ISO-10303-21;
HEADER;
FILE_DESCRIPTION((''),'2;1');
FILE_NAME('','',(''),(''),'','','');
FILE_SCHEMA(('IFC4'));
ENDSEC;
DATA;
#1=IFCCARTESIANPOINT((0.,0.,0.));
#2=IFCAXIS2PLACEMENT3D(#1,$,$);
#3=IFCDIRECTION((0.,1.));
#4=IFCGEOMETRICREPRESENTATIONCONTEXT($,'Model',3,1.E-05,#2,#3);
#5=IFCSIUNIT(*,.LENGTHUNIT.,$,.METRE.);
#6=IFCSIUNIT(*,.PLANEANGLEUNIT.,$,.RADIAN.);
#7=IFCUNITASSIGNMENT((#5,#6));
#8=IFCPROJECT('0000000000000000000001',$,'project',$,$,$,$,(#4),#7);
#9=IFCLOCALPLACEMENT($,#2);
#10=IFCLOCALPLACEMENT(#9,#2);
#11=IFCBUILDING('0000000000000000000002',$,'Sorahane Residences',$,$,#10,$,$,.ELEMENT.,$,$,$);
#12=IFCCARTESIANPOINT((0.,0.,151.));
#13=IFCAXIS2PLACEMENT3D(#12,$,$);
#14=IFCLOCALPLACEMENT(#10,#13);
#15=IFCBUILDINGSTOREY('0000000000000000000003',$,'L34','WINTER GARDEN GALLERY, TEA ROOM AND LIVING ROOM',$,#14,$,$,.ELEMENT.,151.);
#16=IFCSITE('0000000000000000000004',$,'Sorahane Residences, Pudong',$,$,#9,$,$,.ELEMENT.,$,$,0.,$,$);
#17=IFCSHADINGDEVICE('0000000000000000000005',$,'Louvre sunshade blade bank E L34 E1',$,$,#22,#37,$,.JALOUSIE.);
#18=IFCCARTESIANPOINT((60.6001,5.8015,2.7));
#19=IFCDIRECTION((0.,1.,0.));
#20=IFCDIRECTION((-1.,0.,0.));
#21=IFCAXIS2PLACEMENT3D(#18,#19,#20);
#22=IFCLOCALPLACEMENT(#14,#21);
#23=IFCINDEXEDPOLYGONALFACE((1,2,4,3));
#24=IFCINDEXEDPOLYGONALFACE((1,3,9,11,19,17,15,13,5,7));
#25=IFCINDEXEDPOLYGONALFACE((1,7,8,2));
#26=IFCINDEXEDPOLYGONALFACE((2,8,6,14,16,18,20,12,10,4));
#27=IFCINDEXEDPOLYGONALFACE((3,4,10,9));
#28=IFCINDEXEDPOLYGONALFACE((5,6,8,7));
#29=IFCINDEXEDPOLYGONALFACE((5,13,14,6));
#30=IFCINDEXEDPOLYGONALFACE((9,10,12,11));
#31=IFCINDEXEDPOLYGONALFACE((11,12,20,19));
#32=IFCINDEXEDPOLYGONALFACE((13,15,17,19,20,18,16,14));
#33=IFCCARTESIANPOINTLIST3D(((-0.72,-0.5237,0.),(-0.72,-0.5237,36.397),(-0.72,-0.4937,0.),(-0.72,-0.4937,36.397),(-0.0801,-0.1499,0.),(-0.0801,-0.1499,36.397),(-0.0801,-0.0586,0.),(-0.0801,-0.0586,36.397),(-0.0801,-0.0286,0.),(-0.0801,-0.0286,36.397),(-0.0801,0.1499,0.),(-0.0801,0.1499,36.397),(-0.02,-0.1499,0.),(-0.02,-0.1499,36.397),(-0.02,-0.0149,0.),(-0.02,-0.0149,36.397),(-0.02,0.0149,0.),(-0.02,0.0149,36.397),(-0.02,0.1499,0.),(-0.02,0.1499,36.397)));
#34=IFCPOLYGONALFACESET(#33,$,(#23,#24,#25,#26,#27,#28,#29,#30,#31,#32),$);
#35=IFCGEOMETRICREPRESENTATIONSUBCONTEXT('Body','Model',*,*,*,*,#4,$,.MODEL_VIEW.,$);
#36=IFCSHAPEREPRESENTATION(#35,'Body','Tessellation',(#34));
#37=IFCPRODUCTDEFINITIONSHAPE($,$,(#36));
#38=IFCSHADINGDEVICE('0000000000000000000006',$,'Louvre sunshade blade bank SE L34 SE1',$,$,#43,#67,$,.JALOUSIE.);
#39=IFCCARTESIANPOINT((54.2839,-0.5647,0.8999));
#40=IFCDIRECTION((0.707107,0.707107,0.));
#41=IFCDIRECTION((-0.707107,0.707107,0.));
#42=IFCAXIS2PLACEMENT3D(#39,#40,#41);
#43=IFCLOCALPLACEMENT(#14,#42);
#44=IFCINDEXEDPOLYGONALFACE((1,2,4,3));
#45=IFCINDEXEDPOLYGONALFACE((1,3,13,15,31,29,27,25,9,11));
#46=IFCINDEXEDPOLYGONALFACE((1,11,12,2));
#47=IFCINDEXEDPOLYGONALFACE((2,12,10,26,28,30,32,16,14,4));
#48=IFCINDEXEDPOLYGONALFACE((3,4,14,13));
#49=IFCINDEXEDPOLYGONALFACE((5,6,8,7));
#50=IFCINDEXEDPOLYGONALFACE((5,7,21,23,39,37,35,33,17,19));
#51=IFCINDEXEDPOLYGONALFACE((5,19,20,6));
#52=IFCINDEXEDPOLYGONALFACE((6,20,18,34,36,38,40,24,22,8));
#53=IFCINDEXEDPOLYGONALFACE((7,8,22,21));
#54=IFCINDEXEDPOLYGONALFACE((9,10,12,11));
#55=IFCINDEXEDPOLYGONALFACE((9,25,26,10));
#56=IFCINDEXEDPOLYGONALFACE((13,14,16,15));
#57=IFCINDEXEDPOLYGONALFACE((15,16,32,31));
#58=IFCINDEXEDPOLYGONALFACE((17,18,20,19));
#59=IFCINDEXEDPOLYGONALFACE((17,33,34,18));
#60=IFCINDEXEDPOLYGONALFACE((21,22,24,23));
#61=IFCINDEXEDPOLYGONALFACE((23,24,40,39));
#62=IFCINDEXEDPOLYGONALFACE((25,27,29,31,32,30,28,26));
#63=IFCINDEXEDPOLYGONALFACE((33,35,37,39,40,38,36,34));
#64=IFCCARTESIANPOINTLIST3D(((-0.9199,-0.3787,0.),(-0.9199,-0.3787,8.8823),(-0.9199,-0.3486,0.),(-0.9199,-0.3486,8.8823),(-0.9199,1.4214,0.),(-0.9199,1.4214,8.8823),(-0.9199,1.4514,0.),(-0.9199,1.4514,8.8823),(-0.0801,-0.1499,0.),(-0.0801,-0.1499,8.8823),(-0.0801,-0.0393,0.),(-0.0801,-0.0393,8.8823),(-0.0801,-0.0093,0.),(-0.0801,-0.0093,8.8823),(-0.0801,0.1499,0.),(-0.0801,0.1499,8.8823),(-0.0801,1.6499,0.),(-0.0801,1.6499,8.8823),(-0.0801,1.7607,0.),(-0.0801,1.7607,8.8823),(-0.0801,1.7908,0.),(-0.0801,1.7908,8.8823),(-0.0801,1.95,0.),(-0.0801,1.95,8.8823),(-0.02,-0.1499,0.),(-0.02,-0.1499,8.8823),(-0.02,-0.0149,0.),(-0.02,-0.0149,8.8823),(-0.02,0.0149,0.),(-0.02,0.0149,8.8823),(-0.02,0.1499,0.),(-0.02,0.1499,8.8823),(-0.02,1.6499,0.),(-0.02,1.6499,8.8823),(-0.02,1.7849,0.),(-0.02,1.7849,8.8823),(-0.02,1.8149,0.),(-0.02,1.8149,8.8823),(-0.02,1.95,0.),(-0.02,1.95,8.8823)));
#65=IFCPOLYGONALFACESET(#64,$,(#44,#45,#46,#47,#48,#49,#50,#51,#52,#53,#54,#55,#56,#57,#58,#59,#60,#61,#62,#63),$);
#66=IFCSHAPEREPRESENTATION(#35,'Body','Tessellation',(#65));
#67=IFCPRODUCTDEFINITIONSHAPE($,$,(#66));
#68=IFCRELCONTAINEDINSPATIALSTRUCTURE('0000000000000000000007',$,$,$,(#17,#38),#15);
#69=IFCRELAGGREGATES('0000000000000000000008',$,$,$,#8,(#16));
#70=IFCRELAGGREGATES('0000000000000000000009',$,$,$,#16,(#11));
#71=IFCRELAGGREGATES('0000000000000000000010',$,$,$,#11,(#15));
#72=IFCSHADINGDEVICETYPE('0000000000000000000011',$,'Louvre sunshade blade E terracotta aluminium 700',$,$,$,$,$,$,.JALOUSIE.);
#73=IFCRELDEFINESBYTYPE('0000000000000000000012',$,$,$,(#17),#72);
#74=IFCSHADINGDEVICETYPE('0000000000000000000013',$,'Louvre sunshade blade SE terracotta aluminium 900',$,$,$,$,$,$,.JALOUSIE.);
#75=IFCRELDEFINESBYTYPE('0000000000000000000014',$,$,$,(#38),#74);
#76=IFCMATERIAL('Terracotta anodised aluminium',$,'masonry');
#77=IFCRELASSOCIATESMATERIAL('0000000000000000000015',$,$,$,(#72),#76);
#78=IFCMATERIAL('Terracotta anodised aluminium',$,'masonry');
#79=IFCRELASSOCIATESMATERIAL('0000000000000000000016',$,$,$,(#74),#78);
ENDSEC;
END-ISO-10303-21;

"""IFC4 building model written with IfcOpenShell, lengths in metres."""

from ifc_helpers import new_model, si_unit, direction, frame, origin, place, context, subcontext, project, spatial, polyline, outline, composite_profile, extrude, material, type_object, element, save


model = new_model("IFC4")

# Units and contexts
model_context = context("Model", 3, precision=1e-05, world=origin(), true_north=direction((0.0, 1.0)))
body_context = subcontext(model_context, "Body", "Model", "MODEL_VIEW")
ifc_project = project(units=[si_unit("LENGTHUNIT", "METRE"), si_unit("PLANEANGLEUNIT", "RADIAN")], contexts=[model_context])

# Site, building, storey
site_placement = place(None, origin())
site = spatial("IfcSite", under=ifc_project, at=site_placement, Name="Sorahane Residences, Pudong", CompositionType="ELEMENT", RefElevation=0.0)
building_placement = place(site_placement, origin())
building = spatial("IfcBuilding", under=site, at=building_placement, Name="Sorahane Residences", CompositionType="ELEMENT")
storey_placement = place(building_placement, frame((0.0, 0.0, 151.0)))
storey = spatial("IfcBuildingStorey", under=building, at=storey_placement, Name="L34", Description="WINTER GARDEN GALLERY, TEA ROOM AND LIVING ROOM", CompositionType="ELEMENT", Elevation=151.0)

# Shading devices
ifc_material_1 = material(Name="Terracotta anodised aluminium", Category="masonry")
shading_device_type_1 = type_object("IfcShadingDeviceType", Name="Louvre sunshade blade E terracotta aluminium 700", PredefinedType="JALOUSIE", material=ifc_material_1)
shading_device_1_placement = place(storey_placement, frame((60.6001, 5.8015, 2.7), z_axis=(0.0, 1.0, 0.0), x_axis=(-1.0, 0.0, 0.0)))
element("IfcShadingDevice", 1, at=shading_device_1_placement, inside=storey, type_object=shading_device_type_1, Name="Louvre sunshade blade bank E L34 E1", PredefinedType="JALOUSIE", context=body_context, shape_type="SweptSolid", body=[
    extrude(outline(polyline([(-0.72, -0.4937), (-0.72, -0.5237), (-0.0801, -0.0586), (-0.0801, -0.1499), (-0.02, -0.1499), (-0.02, -0.0149), (-0.02, 0.0149), (-0.02, 0.1499), (-0.0801, 0.1499), (-0.0801, -0.0286), (-0.72, -0.4937)])), origin(), (0.0, 0.0, 1.0), 36.397),
])
ifc_material_2 = material(Name="Terracotta anodised aluminium", Category="masonry")
shading_device_type_2 = type_object("IfcShadingDeviceType", Name="Louvre sunshade blade SE terracotta aluminium 900", PredefinedType="JALOUSIE", material=ifc_material_2)
shading_device_2_placement = place(storey_placement, frame((54.2839, -0.5647, 0.8999), z_axis=(0.707107, 0.707107, 0.0), x_axis=(-0.707107, 0.707107, 0.0)))
element("IfcShadingDevice", 2, at=shading_device_2_placement, inside=storey, type_object=shading_device_type_2, Name="Louvre sunshade blade bank SE L34 SE1", PredefinedType="JALOUSIE", context=body_context, shape_type="SweptSolid", body=[
    extrude(composite_profile([outline(polyline([(-0.9199, -0.3486), (-0.9199, -0.3787), (-0.0801, -0.0393), (-0.0801, -0.1499), (-0.02, -0.1499), (-0.02, -0.0149), (-0.02, 0.0149), (-0.02, 0.1499), (-0.0801, 0.1499), (-0.0801, -0.0093), (-0.9199, -0.3486)])), outline(polyline([(-0.9199, 1.4514), (-0.9199, 1.4214), (-0.0801, 1.7607), (-0.0801, 1.6499), (-0.02, 1.6499), (-0.02, 1.7849), (-0.02, 1.8149), (-0.02, 1.95), (-0.0801, 1.95), (-0.0801, 1.7908), (-0.9199, 1.4514)]))]), origin(), (0.0, 0.0, 1.0), 8.8823),
])

save(model, "model.ifc")
